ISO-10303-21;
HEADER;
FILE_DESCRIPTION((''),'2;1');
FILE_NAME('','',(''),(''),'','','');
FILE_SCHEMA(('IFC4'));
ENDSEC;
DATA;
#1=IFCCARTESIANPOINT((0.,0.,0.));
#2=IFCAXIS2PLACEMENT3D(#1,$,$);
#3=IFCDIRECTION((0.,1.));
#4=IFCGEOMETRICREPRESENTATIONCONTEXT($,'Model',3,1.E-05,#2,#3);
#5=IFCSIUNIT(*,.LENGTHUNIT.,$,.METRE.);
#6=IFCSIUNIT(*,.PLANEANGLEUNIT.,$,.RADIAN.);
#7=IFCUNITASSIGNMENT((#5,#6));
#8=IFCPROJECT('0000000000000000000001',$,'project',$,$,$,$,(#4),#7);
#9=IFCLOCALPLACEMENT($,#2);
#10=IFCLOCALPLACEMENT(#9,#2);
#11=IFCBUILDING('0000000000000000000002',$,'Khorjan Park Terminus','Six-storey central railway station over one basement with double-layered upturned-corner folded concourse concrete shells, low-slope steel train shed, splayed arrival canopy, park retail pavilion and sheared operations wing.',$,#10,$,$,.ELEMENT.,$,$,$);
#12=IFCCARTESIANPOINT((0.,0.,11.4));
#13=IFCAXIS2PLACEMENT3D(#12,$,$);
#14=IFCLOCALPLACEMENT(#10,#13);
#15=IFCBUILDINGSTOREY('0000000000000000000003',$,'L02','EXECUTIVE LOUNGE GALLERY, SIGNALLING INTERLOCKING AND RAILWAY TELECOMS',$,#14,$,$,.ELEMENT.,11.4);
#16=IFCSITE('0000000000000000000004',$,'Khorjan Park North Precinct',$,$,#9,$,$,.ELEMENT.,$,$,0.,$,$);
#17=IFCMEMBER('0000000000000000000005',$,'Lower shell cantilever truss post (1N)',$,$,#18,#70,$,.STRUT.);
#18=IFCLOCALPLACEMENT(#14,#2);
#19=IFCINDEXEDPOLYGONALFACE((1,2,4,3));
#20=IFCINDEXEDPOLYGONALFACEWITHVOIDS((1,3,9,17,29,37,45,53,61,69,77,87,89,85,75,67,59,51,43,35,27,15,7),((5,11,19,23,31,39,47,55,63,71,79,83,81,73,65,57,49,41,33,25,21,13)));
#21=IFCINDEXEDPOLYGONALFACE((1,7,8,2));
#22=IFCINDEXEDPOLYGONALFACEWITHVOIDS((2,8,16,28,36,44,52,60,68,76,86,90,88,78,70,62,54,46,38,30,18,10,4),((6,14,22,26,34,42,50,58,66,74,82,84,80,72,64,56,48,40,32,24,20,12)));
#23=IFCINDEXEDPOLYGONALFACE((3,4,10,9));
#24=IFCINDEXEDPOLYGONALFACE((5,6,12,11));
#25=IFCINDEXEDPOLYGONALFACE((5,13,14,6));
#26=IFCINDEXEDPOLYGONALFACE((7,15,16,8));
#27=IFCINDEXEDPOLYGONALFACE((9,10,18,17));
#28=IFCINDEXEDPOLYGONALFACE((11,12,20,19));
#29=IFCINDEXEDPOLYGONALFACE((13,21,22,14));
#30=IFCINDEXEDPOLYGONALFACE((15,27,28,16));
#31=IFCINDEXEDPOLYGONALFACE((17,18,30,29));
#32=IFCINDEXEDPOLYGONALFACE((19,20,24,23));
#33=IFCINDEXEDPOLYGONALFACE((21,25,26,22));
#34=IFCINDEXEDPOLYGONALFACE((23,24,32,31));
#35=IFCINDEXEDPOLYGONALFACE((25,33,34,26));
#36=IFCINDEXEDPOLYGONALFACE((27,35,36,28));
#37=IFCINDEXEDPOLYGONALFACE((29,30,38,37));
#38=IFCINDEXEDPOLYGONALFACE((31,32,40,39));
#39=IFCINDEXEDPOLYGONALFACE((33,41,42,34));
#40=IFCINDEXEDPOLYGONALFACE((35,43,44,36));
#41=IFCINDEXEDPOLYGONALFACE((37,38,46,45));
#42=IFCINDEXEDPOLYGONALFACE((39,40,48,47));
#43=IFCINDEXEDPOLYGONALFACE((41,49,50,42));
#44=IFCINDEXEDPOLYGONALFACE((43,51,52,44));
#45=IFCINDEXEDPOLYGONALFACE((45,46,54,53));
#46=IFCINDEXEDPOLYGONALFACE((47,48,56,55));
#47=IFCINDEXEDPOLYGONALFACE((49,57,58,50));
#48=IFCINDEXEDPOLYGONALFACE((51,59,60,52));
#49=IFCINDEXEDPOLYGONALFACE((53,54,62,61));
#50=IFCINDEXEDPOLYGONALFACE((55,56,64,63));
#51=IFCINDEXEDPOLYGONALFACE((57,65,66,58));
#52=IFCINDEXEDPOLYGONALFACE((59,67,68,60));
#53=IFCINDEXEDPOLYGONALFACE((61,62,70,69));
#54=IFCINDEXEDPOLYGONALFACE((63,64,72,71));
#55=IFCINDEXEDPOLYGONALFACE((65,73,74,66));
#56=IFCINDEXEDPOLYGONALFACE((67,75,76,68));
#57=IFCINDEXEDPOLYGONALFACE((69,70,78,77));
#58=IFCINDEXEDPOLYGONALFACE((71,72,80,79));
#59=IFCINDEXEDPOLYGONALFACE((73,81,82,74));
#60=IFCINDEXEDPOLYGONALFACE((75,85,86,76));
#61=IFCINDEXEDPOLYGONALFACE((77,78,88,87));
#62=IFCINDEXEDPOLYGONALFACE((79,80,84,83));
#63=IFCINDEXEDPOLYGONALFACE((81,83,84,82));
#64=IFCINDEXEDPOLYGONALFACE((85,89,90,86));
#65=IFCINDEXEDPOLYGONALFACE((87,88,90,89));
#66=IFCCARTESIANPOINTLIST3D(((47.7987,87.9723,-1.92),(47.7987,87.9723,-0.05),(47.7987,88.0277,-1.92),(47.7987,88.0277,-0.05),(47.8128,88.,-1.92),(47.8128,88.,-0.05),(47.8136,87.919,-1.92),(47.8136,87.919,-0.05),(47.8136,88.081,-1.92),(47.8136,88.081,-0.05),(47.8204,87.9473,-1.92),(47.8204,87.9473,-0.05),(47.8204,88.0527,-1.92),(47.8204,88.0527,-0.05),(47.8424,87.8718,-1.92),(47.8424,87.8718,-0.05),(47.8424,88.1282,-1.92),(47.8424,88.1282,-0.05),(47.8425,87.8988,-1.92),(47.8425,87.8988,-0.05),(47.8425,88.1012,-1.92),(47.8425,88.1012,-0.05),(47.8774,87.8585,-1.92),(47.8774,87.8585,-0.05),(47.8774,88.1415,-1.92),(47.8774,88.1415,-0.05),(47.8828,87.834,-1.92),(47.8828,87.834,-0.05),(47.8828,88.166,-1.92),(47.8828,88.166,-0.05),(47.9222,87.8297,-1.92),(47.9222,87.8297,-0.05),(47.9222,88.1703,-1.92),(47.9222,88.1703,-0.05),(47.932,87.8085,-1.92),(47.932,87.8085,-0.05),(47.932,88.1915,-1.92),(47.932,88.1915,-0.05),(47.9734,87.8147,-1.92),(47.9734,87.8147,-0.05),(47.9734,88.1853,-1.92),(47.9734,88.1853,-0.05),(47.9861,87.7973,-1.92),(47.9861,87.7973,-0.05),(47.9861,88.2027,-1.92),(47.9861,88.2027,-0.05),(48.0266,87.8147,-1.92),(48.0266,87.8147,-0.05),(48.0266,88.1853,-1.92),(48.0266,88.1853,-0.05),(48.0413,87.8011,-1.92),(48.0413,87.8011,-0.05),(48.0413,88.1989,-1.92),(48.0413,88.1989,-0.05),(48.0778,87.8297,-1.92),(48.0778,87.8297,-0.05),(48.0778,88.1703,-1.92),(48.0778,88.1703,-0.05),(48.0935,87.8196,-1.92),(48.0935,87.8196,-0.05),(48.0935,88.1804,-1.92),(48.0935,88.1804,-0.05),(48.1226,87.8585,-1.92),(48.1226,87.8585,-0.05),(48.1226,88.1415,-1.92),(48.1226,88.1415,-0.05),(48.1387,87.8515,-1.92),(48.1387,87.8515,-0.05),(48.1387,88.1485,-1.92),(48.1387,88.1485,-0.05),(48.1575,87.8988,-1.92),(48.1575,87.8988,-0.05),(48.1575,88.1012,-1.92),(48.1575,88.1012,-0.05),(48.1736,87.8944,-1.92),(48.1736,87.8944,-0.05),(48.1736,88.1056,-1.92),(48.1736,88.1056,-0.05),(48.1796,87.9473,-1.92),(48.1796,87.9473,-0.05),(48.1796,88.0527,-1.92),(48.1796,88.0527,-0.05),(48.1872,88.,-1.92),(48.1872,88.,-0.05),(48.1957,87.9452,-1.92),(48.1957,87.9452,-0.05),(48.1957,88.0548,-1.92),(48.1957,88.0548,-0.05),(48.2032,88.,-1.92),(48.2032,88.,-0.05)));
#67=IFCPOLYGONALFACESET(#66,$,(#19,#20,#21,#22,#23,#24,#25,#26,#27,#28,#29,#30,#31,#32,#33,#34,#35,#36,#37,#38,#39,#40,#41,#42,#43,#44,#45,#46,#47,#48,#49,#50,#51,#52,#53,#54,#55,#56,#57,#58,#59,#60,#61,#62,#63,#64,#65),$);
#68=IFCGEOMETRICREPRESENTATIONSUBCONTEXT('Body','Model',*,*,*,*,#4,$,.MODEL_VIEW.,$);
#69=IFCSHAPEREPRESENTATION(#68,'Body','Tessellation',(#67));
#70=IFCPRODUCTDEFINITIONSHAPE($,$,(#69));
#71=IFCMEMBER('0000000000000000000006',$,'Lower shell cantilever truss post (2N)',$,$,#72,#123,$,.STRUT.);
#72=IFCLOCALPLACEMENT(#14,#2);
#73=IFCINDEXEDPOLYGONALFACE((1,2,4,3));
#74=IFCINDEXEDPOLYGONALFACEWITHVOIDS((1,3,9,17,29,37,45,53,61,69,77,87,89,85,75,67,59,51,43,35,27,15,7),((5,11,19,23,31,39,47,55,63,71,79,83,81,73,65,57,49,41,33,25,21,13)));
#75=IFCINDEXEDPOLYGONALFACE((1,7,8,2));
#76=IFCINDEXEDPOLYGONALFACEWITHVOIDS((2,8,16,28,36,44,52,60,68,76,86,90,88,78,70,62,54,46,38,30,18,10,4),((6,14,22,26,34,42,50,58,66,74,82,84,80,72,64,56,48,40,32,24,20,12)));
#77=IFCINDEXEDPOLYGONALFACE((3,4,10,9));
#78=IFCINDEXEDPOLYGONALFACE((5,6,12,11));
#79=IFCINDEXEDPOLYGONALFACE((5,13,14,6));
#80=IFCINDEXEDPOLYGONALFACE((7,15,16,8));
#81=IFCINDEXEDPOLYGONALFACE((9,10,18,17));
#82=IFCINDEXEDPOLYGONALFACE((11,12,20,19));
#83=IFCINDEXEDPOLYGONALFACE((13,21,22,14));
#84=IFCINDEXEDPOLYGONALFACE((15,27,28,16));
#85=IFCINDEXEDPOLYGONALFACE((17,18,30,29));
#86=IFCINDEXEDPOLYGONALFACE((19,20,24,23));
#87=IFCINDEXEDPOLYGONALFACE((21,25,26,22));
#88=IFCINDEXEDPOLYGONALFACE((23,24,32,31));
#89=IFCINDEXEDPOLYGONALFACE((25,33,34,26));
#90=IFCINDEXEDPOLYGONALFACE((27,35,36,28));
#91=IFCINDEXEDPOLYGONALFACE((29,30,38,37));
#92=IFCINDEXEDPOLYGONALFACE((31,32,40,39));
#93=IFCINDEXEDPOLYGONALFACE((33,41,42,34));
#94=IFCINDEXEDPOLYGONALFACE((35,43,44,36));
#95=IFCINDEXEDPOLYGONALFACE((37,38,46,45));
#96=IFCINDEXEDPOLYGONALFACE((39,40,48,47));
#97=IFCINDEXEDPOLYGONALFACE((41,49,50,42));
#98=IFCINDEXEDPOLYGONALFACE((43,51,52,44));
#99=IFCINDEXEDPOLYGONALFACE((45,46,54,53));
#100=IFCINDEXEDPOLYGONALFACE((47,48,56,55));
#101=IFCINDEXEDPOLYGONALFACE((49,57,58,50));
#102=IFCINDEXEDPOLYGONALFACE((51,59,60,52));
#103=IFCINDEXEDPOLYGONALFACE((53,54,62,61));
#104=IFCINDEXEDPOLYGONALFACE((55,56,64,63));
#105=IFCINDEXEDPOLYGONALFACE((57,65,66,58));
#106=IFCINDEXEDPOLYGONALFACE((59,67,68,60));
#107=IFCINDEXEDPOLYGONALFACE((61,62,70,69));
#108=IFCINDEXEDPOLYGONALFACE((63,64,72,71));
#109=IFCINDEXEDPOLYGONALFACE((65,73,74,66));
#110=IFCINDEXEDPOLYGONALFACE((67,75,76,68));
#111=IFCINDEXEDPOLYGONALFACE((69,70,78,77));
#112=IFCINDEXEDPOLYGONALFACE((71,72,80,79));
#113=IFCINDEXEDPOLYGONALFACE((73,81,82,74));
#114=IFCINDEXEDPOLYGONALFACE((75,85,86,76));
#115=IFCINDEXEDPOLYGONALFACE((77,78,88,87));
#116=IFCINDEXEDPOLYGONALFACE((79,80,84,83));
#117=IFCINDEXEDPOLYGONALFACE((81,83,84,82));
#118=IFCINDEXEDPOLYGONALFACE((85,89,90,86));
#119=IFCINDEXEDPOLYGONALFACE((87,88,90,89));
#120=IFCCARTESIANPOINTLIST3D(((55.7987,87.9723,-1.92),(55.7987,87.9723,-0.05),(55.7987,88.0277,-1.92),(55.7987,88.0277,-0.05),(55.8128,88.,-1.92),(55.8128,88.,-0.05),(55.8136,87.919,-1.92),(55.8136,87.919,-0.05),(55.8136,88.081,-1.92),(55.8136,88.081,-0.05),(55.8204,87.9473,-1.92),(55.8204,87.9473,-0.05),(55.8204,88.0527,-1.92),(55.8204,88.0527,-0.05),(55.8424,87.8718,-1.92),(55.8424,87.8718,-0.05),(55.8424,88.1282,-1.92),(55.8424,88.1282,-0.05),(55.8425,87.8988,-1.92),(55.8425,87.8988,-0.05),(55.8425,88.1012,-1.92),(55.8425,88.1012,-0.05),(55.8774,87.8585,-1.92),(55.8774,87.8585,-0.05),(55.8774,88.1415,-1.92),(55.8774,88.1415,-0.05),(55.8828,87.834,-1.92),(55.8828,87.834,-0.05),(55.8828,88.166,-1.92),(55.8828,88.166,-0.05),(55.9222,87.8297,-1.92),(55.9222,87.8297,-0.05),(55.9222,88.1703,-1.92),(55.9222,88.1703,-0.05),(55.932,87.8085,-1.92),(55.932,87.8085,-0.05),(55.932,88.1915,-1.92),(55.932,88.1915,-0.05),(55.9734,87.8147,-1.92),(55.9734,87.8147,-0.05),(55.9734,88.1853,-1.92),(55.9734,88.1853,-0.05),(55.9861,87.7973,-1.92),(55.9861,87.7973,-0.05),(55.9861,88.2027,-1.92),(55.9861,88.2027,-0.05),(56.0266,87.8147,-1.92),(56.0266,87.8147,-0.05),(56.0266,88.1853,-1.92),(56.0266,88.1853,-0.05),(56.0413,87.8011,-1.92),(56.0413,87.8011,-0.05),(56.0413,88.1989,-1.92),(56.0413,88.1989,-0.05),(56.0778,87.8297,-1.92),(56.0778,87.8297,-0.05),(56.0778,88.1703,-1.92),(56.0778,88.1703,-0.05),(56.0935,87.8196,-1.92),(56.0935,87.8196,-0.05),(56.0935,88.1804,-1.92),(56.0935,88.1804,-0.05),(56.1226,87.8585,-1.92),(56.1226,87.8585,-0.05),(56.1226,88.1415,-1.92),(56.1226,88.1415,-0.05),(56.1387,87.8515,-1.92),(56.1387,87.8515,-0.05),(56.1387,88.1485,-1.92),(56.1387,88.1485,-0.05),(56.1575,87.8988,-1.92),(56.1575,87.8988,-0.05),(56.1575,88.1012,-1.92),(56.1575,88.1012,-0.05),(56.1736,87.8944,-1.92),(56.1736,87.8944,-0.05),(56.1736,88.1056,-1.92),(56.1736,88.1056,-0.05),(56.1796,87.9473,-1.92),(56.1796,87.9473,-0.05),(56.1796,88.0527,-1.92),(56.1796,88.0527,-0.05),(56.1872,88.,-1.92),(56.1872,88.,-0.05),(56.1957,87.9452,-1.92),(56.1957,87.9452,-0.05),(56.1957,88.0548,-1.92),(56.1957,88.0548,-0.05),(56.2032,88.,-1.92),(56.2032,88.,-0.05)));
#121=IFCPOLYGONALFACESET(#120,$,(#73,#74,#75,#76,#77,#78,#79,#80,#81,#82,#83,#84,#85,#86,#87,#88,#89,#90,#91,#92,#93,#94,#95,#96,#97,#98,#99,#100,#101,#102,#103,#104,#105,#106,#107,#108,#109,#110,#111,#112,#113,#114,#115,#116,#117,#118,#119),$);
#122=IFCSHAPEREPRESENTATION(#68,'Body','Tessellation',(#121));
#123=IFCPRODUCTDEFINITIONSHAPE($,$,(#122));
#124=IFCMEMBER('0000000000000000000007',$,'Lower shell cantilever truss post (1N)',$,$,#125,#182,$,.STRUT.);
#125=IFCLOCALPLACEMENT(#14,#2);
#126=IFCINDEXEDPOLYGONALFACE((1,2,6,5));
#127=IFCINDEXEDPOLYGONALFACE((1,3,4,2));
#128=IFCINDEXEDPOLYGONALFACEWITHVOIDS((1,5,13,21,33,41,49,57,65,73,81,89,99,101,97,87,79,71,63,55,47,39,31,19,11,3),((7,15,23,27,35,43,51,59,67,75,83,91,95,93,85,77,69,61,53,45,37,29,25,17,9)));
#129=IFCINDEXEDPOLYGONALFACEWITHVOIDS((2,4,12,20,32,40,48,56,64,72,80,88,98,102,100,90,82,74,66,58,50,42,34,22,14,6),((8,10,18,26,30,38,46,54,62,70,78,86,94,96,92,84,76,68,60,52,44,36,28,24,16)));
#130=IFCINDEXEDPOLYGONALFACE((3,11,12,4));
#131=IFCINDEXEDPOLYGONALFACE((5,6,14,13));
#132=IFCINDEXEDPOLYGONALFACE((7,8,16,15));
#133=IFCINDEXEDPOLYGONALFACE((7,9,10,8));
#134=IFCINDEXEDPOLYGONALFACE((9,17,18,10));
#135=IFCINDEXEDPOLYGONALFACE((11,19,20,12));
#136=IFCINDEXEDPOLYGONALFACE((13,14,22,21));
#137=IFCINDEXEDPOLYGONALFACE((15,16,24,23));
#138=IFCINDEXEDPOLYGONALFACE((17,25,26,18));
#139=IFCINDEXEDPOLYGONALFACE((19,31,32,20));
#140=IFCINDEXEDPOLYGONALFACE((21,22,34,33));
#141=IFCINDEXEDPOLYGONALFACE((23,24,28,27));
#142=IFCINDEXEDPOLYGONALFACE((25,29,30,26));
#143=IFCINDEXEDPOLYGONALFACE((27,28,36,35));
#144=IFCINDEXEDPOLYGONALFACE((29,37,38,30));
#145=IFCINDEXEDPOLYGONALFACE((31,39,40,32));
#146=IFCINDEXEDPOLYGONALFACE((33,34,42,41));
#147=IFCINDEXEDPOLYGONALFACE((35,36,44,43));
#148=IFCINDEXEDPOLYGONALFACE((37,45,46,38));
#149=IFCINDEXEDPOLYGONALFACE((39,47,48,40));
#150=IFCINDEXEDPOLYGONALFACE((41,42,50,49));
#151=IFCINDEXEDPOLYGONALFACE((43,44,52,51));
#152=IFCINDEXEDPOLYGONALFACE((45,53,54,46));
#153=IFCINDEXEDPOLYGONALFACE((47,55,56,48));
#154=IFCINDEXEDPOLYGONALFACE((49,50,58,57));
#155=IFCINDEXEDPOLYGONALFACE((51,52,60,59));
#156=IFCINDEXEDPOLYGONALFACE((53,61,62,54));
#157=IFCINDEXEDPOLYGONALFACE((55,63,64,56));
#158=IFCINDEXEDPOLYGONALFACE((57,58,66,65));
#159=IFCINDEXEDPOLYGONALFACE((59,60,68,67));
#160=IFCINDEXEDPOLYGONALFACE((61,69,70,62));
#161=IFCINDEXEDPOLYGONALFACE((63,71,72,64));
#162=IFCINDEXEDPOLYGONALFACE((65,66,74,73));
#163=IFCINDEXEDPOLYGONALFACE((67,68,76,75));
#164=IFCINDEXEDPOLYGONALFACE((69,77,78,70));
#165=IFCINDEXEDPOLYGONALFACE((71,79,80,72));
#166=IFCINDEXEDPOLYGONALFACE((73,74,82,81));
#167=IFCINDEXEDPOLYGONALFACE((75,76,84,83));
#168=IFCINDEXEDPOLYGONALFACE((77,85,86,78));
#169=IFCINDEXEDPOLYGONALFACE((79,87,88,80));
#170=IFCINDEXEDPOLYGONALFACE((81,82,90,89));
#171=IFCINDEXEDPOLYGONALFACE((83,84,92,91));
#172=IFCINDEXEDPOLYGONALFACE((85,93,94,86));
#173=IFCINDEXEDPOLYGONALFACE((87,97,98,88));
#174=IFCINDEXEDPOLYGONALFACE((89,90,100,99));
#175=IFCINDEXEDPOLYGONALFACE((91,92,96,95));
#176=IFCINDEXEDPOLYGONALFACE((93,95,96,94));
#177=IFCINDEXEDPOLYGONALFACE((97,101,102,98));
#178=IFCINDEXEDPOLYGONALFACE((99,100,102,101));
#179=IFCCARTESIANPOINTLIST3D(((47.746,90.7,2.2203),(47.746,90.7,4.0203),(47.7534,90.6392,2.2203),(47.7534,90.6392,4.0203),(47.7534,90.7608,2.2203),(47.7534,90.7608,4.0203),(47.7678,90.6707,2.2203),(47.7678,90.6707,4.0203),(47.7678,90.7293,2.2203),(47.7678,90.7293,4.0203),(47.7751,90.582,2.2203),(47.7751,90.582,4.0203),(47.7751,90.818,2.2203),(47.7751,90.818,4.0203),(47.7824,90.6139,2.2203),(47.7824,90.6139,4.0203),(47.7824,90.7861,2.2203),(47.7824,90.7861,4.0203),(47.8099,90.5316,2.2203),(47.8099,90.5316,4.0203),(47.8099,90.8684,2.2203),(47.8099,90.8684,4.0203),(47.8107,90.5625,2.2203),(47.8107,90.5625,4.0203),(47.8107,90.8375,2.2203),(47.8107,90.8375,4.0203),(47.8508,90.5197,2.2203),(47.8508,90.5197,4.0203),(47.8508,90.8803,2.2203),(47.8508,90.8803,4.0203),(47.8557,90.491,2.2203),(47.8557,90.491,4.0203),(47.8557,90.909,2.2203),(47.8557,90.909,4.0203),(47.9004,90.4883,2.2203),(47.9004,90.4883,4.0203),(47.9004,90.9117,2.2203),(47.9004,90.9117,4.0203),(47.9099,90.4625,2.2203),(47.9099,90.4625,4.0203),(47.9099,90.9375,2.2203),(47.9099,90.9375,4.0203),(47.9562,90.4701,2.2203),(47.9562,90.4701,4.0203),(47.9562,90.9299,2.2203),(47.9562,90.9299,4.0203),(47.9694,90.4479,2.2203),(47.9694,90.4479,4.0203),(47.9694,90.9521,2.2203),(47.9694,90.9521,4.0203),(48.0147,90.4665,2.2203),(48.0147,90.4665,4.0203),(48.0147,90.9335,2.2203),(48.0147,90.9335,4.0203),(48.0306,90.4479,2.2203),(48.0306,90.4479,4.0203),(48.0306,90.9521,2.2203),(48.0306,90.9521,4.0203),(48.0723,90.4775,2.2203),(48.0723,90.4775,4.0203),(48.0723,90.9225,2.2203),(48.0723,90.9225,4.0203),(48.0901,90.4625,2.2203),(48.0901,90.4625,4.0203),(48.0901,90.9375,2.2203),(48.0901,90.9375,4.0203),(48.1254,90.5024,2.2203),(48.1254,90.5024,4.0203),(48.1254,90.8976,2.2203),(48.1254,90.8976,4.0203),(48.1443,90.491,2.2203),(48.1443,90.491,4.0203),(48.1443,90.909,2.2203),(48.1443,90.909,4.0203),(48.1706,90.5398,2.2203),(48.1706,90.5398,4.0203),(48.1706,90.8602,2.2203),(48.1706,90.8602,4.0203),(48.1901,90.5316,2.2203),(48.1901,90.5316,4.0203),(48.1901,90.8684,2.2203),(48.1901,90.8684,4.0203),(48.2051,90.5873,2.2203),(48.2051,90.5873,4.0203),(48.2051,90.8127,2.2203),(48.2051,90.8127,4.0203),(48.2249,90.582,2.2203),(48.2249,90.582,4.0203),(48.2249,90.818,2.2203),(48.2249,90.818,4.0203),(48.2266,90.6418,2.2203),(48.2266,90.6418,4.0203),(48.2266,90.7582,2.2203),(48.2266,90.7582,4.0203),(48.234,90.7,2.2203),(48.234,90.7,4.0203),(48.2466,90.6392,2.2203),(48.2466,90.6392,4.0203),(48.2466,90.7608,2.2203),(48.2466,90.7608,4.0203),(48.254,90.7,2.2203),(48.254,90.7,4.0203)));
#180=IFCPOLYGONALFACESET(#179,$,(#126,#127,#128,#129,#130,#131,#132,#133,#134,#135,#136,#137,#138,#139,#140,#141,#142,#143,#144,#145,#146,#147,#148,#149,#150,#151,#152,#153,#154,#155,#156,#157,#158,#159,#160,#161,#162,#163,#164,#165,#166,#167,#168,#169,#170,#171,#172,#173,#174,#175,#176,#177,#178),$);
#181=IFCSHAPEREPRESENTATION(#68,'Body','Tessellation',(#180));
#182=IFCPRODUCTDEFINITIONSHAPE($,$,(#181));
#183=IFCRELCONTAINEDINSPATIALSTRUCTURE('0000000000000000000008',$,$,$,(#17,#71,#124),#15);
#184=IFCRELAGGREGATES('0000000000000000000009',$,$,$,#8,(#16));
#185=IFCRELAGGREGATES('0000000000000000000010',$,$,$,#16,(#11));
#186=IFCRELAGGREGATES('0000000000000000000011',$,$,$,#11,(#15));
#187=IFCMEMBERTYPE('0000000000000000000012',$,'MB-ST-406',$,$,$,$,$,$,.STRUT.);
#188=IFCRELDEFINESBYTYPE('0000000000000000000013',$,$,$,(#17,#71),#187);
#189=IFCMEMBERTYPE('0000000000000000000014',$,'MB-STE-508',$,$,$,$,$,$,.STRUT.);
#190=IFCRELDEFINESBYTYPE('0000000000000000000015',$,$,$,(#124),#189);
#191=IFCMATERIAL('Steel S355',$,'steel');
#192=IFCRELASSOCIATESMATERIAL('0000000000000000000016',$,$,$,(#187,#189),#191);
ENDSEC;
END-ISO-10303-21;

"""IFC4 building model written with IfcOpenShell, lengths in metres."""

from ifc_helpers import new_model, si_unit, direction, frame, origin, origin_2d, place, context, subcontext, project, spatial, hollow_circle, extrude, material, material_profile, profile_set, type_object, element, save


model = new_model("IFC4")

# Units and contexts
model_context = context("Model", 3, precision=1e-05, world=origin(), true_north=direction((0.0, 1.0)))
body_context = subcontext(model_context, "Body", "Model", "MODEL_VIEW")
ifc_project = project(units=[si_unit("LENGTHUNIT", "METRE"), si_unit("PLANEANGLEUNIT", "RADIAN")], contexts=[model_context])

# Site, building, storey
site_placement = place(None, origin())
site = spatial("IfcSite", under=ifc_project, at=site_placement, Name="Khorjan Park North Precinct", CompositionType="ELEMENT", RefElevation=0.0)
building_placement = place(site_placement, origin())
building = spatial("IfcBuilding", under=site, at=building_placement, Name="Khorjan Park Terminus", Description="Six-storey central railway station over one basement with double-layered upturned-corner folded concourse concrete shells, low-slope steel train shed, splayed arrival canopy, park retail pavilion and sheared operations wing.", CompositionType="ELEMENT")
storey_placement = place(building_placement, frame((0.0, 0.0, 11.4)))
storey = spatial("IfcBuildingStorey", under=building, at=storey_placement, Name="L02", Description="EXECUTIVE LOUNGE GALLERY, SIGNALLING INTERLOCKING AND RAILWAY TELECOMS", CompositionType="ELEMENT", Elevation=11.4)

# Members
ifc_material_1 = material(Name="Steel S355", Category="steel")
ifc_material_profile_1 = material_profile(ifc_material_1, hollow_circle(Radius=0.2032, WallThickness=0.016, at=origin_2d()), Name="CHS 406.4x16")
ifc_profile_set_1 = profile_set([ifc_material_profile_1], Name="Steel S355")
member_type_1 = type_object("IfcMemberType", Name="MB-ST-406", PredefinedType="STRUT", material=ifc_profile_set_1)
for number, where, z_axis, x_axis, name in (
    (1, (48.0, 88.0, -1.92), (0.0, 0.0, 1.0), (1.0, 0.0, 0.0), "Lower shell cantilever truss post (1N)"),
    (2, (56.0, 88.0, -1.92), (0.0, 0.0, 1.0), (1.0, 0.0, 0.0), "Lower shell cantilever truss post (2N)"),
):
    element("IfcMember", number, at=place(storey_placement, frame(where, z_axis=z_axis, x_axis=x_axis)), inside=storey, type_object=member_type_1, Name=name, PredefinedType="STRUT", context=body_context, shape_type="SweptSolid", body=[
        extrude(hollow_circle(Radius=0.2032, WallThickness=0.016, at=origin_2d()), origin(), (0.0, 0.0, 1.0), 1.87),
    ])
ifc_material_profile_2 = material_profile(ifc_material_1, hollow_circle(Radius=0.254, WallThickness=0.02, at=origin_2d()), Name="CHS 508x20")
ifc_profile_set_2 = profile_set([ifc_material_profile_2], Name="Steel S355")
member_type_2 = type_object("IfcMemberType", Name="MB-STE-508", PredefinedType="STRUT", material=ifc_profile_set_2)
member_1_placement = place(storey_placement, frame((48.0, 90.7, 2.2203), z_axis=(0.0, 0.0, 1.0), x_axis=(1.0, 0.0, 0.0)))
element("IfcMember", 3, at=member_1_placement, inside=storey, type_object=member_type_2, Name="Lower shell cantilever truss post (1N)", PredefinedType="STRUT", context=body_context, shape_type="SweptSolid", body=[
    extrude(hollow_circle(Radius=0.254, WallThickness=0.02, at=origin_2d()), origin(), (0.0, 0.0, 1.0), 1.8),
])

save(model, "model.ifc")
